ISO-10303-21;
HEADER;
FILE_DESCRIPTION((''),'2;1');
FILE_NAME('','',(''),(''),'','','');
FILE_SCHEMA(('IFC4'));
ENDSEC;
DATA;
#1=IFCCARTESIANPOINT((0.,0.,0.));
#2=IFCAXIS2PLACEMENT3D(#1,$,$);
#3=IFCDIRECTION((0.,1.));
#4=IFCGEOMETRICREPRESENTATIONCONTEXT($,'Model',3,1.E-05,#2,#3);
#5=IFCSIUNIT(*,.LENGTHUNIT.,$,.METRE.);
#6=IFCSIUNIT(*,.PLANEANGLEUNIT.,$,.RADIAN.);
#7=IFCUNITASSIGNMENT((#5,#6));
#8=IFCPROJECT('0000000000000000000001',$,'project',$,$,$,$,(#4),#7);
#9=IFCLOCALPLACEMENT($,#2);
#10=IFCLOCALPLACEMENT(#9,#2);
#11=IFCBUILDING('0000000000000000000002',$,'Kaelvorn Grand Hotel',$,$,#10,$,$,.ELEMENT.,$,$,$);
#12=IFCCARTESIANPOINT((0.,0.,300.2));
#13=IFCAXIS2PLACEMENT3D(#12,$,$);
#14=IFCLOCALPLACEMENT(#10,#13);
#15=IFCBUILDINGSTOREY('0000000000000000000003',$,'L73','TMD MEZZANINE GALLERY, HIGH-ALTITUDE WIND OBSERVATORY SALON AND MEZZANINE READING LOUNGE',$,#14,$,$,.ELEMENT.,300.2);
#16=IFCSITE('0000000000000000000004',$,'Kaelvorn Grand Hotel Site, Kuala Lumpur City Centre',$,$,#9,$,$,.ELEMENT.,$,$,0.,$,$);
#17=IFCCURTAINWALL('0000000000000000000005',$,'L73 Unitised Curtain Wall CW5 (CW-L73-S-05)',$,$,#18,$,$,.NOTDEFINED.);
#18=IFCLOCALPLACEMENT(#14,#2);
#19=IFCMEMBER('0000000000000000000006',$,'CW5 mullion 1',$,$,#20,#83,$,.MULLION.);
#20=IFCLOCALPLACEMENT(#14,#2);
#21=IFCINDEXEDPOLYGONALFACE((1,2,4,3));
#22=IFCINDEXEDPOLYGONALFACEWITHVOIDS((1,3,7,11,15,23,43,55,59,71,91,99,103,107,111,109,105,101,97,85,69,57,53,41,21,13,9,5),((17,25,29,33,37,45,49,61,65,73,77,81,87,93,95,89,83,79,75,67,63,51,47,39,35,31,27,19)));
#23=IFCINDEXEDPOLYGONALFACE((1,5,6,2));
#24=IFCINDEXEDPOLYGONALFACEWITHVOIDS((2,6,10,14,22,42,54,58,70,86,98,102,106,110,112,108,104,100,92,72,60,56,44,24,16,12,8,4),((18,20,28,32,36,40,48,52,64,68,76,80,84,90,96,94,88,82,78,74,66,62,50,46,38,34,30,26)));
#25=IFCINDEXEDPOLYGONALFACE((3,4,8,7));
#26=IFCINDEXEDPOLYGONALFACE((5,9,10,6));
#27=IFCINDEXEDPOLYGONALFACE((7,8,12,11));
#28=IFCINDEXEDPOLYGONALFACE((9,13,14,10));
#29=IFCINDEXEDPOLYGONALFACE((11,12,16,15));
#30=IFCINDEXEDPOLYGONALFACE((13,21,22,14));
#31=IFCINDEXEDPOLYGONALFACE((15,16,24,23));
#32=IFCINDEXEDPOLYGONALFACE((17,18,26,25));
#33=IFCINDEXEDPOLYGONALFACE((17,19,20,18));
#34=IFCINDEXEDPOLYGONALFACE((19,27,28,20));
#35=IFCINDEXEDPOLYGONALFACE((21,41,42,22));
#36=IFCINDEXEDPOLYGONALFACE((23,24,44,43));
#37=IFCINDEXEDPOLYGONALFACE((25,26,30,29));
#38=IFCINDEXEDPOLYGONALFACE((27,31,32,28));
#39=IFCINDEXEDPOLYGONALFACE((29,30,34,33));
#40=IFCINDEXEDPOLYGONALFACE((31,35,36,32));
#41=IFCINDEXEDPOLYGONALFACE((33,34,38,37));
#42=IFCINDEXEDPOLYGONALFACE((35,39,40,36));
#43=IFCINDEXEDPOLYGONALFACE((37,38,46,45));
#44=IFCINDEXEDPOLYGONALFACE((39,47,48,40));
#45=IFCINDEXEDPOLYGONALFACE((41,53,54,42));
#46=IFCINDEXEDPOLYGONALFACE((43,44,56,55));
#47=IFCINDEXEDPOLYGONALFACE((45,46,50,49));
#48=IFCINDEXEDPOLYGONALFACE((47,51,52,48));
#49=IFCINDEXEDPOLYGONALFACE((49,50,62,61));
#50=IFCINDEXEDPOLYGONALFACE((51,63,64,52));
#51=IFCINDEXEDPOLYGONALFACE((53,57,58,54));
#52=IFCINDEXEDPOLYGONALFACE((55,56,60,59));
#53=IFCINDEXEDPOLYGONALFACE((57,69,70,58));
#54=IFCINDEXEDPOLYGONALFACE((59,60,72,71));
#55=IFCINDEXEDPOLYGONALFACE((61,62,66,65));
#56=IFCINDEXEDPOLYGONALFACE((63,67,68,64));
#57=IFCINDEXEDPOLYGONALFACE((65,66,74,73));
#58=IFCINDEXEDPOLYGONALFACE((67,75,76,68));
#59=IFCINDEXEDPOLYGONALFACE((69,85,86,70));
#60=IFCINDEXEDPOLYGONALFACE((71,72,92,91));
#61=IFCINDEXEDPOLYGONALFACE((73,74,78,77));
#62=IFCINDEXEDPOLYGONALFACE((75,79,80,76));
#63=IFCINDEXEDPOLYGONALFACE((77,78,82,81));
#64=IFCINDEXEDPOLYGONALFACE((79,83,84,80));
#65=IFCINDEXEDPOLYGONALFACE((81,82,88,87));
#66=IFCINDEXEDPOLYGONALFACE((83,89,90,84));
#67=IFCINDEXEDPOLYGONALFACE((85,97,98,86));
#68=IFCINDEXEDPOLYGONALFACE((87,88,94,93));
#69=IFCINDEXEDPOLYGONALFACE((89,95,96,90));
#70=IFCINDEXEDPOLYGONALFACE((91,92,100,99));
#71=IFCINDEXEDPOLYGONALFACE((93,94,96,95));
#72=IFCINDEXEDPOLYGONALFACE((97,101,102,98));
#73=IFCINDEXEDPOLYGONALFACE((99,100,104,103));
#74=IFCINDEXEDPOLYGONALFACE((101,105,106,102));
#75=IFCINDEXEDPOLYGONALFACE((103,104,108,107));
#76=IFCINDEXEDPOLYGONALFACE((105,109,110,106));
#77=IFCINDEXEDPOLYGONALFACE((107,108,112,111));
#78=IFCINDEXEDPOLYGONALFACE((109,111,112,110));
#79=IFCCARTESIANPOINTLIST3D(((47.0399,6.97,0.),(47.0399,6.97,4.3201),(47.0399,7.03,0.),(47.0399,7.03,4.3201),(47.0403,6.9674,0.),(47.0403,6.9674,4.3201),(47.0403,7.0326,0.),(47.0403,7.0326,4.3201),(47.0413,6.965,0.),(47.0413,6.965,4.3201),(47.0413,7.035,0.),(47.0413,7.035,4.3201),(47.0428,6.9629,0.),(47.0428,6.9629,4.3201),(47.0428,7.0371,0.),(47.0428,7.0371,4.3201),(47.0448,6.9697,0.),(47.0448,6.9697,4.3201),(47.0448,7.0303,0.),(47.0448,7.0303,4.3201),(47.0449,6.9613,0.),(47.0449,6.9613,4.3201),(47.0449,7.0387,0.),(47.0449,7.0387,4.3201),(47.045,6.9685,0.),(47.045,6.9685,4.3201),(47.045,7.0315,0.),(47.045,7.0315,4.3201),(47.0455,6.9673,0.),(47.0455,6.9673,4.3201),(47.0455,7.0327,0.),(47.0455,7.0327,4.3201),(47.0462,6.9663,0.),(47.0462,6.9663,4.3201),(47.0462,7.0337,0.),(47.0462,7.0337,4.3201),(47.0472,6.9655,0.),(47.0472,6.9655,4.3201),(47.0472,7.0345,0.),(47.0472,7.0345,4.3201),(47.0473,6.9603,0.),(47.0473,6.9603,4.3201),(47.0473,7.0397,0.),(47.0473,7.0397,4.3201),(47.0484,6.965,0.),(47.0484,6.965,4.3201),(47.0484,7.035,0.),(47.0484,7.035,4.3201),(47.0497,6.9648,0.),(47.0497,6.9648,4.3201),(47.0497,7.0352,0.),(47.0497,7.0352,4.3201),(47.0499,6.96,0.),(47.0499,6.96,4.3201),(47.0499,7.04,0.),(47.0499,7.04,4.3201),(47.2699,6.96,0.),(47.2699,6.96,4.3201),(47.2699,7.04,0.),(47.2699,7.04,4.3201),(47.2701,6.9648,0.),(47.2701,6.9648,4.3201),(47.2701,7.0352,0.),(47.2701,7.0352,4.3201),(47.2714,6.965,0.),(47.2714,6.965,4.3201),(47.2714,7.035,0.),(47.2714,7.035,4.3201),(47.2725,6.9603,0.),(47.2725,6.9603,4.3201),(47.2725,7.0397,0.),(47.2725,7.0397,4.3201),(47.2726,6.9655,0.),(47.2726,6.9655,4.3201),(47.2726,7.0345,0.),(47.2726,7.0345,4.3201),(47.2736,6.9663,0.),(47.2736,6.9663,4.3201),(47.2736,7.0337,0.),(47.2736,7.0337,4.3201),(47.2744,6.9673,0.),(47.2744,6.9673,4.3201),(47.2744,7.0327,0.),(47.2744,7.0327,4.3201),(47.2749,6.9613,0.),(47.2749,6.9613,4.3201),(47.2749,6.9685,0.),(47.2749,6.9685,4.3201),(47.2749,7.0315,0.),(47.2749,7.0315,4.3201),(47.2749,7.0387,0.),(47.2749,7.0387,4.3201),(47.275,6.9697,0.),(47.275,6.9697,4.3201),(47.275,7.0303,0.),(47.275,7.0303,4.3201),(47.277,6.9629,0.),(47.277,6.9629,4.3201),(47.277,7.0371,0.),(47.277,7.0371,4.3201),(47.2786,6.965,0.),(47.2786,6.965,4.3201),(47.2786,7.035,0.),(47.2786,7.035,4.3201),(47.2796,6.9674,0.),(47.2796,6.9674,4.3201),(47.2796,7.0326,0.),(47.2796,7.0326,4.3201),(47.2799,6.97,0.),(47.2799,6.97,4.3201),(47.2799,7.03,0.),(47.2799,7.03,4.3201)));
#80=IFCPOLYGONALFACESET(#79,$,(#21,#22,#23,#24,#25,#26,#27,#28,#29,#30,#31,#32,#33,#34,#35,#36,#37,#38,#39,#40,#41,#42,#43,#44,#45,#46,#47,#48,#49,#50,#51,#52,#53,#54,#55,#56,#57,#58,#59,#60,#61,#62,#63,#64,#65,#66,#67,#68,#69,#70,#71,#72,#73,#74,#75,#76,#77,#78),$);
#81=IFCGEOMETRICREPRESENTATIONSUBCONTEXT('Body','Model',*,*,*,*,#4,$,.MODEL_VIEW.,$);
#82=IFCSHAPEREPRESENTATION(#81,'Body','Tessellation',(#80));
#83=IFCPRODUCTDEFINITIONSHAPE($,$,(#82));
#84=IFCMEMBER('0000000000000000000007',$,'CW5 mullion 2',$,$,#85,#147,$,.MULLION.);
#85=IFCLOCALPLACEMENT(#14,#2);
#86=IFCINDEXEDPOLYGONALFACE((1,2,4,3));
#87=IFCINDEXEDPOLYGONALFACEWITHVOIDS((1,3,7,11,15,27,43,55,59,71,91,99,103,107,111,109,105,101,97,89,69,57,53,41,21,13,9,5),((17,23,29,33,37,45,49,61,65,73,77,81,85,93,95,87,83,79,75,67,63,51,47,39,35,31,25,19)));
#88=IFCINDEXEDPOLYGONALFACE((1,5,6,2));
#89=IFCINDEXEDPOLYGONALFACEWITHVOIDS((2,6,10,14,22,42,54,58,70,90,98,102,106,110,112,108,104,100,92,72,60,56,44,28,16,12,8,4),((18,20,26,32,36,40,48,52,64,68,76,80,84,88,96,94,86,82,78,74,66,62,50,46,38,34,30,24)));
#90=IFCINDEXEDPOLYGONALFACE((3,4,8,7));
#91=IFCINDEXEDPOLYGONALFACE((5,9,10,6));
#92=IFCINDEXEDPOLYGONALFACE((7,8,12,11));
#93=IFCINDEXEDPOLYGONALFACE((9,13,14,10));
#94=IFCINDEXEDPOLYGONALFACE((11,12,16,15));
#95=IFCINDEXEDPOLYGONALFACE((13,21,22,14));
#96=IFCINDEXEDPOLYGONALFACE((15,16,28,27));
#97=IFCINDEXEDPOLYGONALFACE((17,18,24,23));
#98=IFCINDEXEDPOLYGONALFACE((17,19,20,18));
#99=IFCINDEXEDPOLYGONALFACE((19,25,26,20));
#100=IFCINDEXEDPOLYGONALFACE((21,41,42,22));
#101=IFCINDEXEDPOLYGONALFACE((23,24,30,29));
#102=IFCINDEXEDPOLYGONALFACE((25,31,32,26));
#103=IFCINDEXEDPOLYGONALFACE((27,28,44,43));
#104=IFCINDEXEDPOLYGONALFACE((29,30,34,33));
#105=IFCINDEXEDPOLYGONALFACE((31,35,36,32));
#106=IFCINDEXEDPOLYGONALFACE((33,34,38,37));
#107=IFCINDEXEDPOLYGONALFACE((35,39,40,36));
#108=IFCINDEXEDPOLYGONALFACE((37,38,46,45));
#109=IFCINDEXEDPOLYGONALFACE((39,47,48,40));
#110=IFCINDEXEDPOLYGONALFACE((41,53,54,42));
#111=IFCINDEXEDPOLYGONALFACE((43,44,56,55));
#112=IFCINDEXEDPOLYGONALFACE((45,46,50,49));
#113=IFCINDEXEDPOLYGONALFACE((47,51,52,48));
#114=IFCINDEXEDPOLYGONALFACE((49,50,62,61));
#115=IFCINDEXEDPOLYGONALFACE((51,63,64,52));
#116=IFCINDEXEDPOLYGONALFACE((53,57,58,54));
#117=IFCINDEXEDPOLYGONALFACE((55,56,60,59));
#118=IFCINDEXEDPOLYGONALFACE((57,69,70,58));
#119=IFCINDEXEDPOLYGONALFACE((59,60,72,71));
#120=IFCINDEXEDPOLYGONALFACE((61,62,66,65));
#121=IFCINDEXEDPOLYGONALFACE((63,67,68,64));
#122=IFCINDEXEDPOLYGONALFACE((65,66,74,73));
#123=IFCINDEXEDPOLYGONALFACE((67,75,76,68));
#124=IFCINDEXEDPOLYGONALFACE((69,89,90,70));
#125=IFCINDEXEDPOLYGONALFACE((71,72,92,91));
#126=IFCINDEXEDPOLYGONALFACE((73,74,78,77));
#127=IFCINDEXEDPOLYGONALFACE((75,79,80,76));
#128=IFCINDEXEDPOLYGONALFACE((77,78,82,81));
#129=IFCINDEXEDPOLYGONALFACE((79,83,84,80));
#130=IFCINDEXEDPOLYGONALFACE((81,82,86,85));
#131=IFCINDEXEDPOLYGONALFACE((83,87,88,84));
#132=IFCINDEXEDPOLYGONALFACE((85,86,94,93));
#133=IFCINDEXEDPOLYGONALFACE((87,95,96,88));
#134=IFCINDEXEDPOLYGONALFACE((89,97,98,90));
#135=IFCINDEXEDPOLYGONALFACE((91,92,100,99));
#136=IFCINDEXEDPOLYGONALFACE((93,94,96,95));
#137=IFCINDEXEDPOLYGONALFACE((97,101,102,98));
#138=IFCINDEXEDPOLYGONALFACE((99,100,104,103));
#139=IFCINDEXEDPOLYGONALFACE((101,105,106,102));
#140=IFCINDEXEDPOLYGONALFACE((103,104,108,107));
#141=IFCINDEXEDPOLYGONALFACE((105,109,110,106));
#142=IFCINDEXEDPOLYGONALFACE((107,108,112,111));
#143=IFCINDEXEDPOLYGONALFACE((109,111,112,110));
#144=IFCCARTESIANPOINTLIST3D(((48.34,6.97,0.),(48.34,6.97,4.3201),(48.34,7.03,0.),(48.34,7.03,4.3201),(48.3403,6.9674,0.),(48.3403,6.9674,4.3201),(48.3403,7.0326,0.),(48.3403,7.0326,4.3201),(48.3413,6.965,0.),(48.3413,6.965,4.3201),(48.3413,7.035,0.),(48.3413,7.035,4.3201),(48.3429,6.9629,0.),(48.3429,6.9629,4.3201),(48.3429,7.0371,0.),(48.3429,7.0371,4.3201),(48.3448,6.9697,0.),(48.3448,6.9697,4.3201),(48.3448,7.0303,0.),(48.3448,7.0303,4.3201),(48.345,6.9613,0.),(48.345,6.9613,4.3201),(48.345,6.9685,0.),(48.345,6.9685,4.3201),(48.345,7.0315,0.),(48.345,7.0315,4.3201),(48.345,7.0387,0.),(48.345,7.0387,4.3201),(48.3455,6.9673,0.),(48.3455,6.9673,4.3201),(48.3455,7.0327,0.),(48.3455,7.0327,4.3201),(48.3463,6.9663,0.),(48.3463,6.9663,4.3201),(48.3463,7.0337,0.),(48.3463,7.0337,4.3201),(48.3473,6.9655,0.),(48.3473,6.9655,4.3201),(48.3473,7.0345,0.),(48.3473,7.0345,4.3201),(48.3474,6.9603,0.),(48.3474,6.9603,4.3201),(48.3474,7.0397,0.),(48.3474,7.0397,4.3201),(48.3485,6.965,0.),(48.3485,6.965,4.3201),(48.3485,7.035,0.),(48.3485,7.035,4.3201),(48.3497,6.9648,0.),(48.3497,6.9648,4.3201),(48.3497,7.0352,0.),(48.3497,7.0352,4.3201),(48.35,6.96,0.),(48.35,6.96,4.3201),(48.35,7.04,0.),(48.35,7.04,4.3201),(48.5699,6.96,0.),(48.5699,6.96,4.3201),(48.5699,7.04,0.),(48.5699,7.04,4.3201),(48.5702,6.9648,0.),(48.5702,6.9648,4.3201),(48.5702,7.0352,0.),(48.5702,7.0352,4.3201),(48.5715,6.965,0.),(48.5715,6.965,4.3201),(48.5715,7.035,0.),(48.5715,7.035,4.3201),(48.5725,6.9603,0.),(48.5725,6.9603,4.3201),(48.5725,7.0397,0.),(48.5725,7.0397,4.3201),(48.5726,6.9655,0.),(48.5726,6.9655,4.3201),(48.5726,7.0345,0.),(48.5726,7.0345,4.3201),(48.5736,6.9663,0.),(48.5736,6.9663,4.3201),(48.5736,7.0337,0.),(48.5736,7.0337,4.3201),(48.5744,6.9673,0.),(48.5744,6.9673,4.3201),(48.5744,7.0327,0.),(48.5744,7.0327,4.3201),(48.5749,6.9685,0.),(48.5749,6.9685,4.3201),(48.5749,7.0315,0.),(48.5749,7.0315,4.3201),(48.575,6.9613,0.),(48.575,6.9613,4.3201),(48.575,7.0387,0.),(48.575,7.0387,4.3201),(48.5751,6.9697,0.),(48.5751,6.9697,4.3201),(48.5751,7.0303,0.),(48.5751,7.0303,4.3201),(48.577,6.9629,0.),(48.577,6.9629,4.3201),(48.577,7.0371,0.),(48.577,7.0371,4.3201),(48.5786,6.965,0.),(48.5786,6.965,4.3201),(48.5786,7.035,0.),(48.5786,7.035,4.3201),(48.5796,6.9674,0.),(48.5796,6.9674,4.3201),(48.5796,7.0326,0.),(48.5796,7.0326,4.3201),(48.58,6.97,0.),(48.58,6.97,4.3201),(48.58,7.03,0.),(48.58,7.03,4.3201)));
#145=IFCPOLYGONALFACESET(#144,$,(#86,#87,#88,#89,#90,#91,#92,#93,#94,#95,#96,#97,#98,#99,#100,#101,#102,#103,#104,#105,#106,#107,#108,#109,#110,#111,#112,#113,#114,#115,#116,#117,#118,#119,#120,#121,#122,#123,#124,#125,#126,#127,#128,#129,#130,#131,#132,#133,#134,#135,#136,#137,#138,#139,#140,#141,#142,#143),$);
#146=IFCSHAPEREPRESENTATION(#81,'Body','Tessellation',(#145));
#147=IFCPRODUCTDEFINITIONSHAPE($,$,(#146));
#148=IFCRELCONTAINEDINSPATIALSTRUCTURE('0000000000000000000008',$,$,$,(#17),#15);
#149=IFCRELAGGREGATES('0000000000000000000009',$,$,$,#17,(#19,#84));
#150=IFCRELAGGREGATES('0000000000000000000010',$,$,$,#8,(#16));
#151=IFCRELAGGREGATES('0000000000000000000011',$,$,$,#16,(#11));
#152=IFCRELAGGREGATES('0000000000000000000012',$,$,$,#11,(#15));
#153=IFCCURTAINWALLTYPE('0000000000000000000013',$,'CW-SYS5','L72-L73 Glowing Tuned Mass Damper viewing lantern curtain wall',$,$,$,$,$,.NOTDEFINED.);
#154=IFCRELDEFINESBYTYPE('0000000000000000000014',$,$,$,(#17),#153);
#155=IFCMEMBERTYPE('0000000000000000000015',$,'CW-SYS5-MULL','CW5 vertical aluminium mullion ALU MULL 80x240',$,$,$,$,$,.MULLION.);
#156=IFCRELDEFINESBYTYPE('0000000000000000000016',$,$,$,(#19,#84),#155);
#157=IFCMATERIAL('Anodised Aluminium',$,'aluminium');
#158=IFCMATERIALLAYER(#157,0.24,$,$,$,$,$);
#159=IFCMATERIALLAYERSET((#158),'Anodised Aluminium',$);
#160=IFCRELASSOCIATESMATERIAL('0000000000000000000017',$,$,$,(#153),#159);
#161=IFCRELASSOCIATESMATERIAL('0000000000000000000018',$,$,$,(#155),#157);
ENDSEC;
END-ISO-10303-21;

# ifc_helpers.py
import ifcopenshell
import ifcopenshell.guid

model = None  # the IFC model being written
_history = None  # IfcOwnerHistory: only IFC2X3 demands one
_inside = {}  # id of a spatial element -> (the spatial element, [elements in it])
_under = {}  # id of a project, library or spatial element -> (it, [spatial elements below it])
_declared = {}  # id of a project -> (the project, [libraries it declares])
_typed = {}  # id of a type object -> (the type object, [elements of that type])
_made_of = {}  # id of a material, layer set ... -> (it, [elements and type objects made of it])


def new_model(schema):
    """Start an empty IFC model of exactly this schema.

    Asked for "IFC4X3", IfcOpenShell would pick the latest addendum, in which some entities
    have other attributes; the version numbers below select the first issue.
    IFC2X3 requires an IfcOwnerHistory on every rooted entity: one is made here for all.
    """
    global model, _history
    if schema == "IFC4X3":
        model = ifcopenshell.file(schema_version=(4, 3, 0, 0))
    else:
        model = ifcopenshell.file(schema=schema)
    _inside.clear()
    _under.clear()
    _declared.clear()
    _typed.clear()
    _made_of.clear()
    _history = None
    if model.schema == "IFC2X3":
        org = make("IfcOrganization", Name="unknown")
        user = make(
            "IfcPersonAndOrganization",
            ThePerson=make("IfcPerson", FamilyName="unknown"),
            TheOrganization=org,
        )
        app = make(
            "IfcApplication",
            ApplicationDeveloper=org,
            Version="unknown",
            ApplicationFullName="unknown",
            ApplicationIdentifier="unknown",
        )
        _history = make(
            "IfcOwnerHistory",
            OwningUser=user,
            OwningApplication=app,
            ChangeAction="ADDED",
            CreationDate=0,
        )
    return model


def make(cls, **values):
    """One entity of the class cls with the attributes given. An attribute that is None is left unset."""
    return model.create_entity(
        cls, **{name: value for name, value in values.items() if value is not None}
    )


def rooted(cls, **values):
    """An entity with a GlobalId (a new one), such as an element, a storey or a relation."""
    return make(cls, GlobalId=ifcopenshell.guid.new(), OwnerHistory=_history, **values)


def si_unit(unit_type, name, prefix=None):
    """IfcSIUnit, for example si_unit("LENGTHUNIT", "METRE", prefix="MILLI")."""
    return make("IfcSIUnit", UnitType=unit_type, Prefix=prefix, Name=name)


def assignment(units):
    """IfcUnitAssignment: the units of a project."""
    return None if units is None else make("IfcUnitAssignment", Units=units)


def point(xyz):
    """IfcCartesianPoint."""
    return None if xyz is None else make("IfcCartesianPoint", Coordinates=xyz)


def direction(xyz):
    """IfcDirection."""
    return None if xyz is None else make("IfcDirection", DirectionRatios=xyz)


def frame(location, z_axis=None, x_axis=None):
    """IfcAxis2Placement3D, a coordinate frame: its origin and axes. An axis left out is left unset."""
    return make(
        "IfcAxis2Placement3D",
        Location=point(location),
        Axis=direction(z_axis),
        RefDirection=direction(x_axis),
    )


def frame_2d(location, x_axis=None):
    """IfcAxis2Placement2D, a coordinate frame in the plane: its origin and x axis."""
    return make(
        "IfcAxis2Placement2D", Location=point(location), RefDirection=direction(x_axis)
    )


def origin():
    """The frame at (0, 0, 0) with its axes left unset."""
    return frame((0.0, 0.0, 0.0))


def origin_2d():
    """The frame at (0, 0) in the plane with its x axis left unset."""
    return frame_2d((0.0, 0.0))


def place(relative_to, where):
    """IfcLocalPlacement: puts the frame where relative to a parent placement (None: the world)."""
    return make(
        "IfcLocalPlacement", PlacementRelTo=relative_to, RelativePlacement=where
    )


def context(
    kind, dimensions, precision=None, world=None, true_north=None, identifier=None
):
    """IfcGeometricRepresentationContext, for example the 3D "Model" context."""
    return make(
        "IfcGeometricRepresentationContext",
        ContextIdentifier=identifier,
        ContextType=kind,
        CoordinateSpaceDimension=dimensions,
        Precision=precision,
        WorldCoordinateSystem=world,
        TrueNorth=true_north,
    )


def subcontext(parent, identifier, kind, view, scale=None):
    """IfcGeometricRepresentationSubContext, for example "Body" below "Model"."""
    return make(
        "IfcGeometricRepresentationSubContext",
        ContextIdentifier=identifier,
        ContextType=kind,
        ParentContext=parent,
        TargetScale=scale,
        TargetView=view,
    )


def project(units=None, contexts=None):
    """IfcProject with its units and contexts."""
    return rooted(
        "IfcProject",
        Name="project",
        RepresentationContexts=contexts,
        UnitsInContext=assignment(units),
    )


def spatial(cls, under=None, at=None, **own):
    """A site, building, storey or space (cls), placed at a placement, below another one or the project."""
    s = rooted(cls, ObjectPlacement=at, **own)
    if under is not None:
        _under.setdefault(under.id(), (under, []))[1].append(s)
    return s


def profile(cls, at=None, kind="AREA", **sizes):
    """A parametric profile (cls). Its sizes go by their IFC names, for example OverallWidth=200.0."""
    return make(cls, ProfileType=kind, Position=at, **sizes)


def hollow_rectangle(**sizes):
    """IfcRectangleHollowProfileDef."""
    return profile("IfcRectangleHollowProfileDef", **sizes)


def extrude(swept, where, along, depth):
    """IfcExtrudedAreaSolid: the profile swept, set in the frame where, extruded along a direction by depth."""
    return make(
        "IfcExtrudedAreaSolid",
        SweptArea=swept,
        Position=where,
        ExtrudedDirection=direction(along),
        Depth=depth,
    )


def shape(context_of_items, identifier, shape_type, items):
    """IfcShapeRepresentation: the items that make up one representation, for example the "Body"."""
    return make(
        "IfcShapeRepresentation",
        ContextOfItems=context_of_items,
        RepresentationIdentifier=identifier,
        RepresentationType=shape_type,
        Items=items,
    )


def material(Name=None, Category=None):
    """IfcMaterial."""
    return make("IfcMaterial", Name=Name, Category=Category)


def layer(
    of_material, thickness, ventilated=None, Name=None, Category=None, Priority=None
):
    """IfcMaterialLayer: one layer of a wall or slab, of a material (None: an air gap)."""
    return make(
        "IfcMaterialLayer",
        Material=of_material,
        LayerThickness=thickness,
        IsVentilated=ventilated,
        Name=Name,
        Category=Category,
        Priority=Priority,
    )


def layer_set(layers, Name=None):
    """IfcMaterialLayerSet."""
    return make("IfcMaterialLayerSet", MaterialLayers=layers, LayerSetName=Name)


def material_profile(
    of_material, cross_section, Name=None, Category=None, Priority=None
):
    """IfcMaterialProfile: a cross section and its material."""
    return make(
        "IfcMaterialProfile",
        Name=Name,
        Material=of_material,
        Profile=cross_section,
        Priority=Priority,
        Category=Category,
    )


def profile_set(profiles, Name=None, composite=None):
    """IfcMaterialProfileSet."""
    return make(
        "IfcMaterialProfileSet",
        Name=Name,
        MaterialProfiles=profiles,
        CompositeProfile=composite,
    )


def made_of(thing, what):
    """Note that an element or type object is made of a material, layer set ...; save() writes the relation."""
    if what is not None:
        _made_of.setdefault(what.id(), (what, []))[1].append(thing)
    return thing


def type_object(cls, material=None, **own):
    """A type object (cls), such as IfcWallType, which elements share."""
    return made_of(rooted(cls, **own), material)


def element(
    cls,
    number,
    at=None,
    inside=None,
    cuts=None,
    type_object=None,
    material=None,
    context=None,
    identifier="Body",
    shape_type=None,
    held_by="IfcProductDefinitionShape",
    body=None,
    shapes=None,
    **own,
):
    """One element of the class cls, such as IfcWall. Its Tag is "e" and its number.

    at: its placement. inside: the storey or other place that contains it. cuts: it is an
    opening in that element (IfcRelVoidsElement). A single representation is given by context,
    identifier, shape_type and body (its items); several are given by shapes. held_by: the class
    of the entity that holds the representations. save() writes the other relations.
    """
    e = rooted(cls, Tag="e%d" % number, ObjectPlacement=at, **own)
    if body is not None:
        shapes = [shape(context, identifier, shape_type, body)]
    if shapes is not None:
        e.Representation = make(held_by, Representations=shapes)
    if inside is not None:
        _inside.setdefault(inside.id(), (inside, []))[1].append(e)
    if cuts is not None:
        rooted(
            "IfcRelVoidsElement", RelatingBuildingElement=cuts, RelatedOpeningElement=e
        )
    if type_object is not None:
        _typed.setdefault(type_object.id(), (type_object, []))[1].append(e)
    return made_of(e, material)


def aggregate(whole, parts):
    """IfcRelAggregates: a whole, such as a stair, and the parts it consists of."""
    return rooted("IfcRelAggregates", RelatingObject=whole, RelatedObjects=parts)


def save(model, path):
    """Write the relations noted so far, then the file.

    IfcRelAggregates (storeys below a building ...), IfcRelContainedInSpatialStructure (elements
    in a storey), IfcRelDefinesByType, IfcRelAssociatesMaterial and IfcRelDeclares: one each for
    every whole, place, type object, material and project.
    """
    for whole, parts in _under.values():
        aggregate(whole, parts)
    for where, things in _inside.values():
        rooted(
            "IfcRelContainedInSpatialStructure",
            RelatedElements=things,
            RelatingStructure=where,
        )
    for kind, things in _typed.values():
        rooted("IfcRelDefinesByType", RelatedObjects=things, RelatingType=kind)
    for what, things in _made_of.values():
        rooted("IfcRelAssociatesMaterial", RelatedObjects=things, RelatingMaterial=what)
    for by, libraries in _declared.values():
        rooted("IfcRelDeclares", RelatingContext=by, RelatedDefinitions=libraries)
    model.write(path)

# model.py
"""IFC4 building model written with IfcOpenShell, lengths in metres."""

from ifc_helpers import new_model, si_unit, direction, frame, origin, origin_2d, place, context, subcontext, project, spatial, hollow_rectangle, extrude, material, layer, layer_set, material_profile, profile_set, type_object, element, aggregate, save


model = new_model("IFC4")

# Units and contexts
model_context = context("Model", 3, precision=1e-05, world=origin(), true_north=direction((0.0, 1.0)))
body_context = subcontext(model_context, "Body", "Model", "MODEL_VIEW")
ifc_project = project(units=[si_unit("LENGTHUNIT", "METRE"), si_unit("PLANEANGLEUNIT", "RADIAN")], contexts=[model_context])

# Site, building, storey
site_placement = place(None, origin())
site = spatial("IfcSite", under=ifc_project, at=site_placement, Name="Kaelvorn Grand Hotel Site, Kuala Lumpur City Centre", CompositionType="ELEMENT", RefElevation=0.0)
building_placement = place(site_placement, origin())
building = spatial("IfcBuilding", under=site, at=building_placement, Name="Kaelvorn Grand Hotel", CompositionType="ELEMENT")
storey_placement = place(building_placement, frame((0.0, 0.0, 300.2)))
storey = spatial("IfcBuildingStorey", under=building, at=storey_placement, Name="L73", Description="TMD MEZZANINE GALLERY, HIGH-ALTITUDE WIND OBSERVATORY SALON AND MEZZANINE READING LOUNGE", CompositionType="ELEMENT", Elevation=300.2)

# Curtain wall, members
ifc_material_1 = material(Name="Anodised Aluminium", Category="aluminium")
ifc_layer_1 = layer(ifc_material_1, 0.24)
ifc_layer_set_1 = layer_set([ifc_layer_1], Name="Anodised Aluminium")
curtain_wall_type = type_object("IfcCurtainWallType", Name="CW-SYS5", Description="L72-L73 Glowing Tuned Mass Damper viewing lantern curtain wall", PredefinedType="NOTDEFINED", material=ifc_layer_set_1)
curtain_wall_placement = place(storey_placement, origin())
curtain_wall = element("IfcCurtainWall", 1, at=curtain_wall_placement, inside=storey, type_object=curtain_wall_type, Name="L73 Unitised Curtain Wall CW5 (CW-L73-S-05)", PredefinedType="NOTDEFINED")
ifc_material_profile_1 = material_profile(ifc_material_1, hollow_rectangle(XDim=0.0801, YDim=0.24, WallThickness=0.0049, InnerFilletRadius=0.0049, OuterFilletRadius=0.01, at=origin_2d()), Name="ALU MULL 80x240")
ifc_profile_set_1 = profile_set([ifc_material_profile_1], Name="Anodised Aluminium")
member_type_1 = type_object("IfcMemberType", Name="CW-SYS5-MULL", Description="CW5 vertical aluminium mullion ALU MULL 80x240", PredefinedType="MULLION", material=ifc_profile_set_1)
member_1_placement = place(storey_placement, frame((47.1599, 7.0, 0.0), z_axis=(0.0, 0.0, 1.0), x_axis=(0.0, 1.0, 0.0)))
member_1 = element("IfcMember", 2, at=member_1_placement, type_object=member_type_1, Name="CW5 mullion 1", PredefinedType="MULLION", context=body_context, shape_type="SweptSolid", body=[
    extrude(hollow_rectangle(XDim=0.0801, YDim=0.24, WallThickness=0.0049, InnerFilletRadius=0.0049, OuterFilletRadius=0.01, at=origin_2d()), origin(), (0.0, 0.0, 1.0), 4.3201),
])
member_2_placement = place(storey_placement, frame((48.46, 7.0, 0.0), z_axis=(0.0, 0.0, 1.0), x_axis=(0.0, 1.0, 0.0)))
member_2 = element("IfcMember", 3, at=member_2_placement, type_object=member_type_1, Name="CW5 mullion 2", PredefinedType="MULLION", context=body_context, shape_type="SweptSolid", body=[
    extrude(hollow_rectangle(XDim=0.0801, YDim=0.24, WallThickness=0.0049, InnerFilletRadius=0.0049, OuterFilletRadius=0.01, at=origin_2d()), origin(), (0.0, 0.0, 1.0), 4.3201),
])
aggregate(curtain_wall, [member_1, member_2])

save(model, "model.ifc")
